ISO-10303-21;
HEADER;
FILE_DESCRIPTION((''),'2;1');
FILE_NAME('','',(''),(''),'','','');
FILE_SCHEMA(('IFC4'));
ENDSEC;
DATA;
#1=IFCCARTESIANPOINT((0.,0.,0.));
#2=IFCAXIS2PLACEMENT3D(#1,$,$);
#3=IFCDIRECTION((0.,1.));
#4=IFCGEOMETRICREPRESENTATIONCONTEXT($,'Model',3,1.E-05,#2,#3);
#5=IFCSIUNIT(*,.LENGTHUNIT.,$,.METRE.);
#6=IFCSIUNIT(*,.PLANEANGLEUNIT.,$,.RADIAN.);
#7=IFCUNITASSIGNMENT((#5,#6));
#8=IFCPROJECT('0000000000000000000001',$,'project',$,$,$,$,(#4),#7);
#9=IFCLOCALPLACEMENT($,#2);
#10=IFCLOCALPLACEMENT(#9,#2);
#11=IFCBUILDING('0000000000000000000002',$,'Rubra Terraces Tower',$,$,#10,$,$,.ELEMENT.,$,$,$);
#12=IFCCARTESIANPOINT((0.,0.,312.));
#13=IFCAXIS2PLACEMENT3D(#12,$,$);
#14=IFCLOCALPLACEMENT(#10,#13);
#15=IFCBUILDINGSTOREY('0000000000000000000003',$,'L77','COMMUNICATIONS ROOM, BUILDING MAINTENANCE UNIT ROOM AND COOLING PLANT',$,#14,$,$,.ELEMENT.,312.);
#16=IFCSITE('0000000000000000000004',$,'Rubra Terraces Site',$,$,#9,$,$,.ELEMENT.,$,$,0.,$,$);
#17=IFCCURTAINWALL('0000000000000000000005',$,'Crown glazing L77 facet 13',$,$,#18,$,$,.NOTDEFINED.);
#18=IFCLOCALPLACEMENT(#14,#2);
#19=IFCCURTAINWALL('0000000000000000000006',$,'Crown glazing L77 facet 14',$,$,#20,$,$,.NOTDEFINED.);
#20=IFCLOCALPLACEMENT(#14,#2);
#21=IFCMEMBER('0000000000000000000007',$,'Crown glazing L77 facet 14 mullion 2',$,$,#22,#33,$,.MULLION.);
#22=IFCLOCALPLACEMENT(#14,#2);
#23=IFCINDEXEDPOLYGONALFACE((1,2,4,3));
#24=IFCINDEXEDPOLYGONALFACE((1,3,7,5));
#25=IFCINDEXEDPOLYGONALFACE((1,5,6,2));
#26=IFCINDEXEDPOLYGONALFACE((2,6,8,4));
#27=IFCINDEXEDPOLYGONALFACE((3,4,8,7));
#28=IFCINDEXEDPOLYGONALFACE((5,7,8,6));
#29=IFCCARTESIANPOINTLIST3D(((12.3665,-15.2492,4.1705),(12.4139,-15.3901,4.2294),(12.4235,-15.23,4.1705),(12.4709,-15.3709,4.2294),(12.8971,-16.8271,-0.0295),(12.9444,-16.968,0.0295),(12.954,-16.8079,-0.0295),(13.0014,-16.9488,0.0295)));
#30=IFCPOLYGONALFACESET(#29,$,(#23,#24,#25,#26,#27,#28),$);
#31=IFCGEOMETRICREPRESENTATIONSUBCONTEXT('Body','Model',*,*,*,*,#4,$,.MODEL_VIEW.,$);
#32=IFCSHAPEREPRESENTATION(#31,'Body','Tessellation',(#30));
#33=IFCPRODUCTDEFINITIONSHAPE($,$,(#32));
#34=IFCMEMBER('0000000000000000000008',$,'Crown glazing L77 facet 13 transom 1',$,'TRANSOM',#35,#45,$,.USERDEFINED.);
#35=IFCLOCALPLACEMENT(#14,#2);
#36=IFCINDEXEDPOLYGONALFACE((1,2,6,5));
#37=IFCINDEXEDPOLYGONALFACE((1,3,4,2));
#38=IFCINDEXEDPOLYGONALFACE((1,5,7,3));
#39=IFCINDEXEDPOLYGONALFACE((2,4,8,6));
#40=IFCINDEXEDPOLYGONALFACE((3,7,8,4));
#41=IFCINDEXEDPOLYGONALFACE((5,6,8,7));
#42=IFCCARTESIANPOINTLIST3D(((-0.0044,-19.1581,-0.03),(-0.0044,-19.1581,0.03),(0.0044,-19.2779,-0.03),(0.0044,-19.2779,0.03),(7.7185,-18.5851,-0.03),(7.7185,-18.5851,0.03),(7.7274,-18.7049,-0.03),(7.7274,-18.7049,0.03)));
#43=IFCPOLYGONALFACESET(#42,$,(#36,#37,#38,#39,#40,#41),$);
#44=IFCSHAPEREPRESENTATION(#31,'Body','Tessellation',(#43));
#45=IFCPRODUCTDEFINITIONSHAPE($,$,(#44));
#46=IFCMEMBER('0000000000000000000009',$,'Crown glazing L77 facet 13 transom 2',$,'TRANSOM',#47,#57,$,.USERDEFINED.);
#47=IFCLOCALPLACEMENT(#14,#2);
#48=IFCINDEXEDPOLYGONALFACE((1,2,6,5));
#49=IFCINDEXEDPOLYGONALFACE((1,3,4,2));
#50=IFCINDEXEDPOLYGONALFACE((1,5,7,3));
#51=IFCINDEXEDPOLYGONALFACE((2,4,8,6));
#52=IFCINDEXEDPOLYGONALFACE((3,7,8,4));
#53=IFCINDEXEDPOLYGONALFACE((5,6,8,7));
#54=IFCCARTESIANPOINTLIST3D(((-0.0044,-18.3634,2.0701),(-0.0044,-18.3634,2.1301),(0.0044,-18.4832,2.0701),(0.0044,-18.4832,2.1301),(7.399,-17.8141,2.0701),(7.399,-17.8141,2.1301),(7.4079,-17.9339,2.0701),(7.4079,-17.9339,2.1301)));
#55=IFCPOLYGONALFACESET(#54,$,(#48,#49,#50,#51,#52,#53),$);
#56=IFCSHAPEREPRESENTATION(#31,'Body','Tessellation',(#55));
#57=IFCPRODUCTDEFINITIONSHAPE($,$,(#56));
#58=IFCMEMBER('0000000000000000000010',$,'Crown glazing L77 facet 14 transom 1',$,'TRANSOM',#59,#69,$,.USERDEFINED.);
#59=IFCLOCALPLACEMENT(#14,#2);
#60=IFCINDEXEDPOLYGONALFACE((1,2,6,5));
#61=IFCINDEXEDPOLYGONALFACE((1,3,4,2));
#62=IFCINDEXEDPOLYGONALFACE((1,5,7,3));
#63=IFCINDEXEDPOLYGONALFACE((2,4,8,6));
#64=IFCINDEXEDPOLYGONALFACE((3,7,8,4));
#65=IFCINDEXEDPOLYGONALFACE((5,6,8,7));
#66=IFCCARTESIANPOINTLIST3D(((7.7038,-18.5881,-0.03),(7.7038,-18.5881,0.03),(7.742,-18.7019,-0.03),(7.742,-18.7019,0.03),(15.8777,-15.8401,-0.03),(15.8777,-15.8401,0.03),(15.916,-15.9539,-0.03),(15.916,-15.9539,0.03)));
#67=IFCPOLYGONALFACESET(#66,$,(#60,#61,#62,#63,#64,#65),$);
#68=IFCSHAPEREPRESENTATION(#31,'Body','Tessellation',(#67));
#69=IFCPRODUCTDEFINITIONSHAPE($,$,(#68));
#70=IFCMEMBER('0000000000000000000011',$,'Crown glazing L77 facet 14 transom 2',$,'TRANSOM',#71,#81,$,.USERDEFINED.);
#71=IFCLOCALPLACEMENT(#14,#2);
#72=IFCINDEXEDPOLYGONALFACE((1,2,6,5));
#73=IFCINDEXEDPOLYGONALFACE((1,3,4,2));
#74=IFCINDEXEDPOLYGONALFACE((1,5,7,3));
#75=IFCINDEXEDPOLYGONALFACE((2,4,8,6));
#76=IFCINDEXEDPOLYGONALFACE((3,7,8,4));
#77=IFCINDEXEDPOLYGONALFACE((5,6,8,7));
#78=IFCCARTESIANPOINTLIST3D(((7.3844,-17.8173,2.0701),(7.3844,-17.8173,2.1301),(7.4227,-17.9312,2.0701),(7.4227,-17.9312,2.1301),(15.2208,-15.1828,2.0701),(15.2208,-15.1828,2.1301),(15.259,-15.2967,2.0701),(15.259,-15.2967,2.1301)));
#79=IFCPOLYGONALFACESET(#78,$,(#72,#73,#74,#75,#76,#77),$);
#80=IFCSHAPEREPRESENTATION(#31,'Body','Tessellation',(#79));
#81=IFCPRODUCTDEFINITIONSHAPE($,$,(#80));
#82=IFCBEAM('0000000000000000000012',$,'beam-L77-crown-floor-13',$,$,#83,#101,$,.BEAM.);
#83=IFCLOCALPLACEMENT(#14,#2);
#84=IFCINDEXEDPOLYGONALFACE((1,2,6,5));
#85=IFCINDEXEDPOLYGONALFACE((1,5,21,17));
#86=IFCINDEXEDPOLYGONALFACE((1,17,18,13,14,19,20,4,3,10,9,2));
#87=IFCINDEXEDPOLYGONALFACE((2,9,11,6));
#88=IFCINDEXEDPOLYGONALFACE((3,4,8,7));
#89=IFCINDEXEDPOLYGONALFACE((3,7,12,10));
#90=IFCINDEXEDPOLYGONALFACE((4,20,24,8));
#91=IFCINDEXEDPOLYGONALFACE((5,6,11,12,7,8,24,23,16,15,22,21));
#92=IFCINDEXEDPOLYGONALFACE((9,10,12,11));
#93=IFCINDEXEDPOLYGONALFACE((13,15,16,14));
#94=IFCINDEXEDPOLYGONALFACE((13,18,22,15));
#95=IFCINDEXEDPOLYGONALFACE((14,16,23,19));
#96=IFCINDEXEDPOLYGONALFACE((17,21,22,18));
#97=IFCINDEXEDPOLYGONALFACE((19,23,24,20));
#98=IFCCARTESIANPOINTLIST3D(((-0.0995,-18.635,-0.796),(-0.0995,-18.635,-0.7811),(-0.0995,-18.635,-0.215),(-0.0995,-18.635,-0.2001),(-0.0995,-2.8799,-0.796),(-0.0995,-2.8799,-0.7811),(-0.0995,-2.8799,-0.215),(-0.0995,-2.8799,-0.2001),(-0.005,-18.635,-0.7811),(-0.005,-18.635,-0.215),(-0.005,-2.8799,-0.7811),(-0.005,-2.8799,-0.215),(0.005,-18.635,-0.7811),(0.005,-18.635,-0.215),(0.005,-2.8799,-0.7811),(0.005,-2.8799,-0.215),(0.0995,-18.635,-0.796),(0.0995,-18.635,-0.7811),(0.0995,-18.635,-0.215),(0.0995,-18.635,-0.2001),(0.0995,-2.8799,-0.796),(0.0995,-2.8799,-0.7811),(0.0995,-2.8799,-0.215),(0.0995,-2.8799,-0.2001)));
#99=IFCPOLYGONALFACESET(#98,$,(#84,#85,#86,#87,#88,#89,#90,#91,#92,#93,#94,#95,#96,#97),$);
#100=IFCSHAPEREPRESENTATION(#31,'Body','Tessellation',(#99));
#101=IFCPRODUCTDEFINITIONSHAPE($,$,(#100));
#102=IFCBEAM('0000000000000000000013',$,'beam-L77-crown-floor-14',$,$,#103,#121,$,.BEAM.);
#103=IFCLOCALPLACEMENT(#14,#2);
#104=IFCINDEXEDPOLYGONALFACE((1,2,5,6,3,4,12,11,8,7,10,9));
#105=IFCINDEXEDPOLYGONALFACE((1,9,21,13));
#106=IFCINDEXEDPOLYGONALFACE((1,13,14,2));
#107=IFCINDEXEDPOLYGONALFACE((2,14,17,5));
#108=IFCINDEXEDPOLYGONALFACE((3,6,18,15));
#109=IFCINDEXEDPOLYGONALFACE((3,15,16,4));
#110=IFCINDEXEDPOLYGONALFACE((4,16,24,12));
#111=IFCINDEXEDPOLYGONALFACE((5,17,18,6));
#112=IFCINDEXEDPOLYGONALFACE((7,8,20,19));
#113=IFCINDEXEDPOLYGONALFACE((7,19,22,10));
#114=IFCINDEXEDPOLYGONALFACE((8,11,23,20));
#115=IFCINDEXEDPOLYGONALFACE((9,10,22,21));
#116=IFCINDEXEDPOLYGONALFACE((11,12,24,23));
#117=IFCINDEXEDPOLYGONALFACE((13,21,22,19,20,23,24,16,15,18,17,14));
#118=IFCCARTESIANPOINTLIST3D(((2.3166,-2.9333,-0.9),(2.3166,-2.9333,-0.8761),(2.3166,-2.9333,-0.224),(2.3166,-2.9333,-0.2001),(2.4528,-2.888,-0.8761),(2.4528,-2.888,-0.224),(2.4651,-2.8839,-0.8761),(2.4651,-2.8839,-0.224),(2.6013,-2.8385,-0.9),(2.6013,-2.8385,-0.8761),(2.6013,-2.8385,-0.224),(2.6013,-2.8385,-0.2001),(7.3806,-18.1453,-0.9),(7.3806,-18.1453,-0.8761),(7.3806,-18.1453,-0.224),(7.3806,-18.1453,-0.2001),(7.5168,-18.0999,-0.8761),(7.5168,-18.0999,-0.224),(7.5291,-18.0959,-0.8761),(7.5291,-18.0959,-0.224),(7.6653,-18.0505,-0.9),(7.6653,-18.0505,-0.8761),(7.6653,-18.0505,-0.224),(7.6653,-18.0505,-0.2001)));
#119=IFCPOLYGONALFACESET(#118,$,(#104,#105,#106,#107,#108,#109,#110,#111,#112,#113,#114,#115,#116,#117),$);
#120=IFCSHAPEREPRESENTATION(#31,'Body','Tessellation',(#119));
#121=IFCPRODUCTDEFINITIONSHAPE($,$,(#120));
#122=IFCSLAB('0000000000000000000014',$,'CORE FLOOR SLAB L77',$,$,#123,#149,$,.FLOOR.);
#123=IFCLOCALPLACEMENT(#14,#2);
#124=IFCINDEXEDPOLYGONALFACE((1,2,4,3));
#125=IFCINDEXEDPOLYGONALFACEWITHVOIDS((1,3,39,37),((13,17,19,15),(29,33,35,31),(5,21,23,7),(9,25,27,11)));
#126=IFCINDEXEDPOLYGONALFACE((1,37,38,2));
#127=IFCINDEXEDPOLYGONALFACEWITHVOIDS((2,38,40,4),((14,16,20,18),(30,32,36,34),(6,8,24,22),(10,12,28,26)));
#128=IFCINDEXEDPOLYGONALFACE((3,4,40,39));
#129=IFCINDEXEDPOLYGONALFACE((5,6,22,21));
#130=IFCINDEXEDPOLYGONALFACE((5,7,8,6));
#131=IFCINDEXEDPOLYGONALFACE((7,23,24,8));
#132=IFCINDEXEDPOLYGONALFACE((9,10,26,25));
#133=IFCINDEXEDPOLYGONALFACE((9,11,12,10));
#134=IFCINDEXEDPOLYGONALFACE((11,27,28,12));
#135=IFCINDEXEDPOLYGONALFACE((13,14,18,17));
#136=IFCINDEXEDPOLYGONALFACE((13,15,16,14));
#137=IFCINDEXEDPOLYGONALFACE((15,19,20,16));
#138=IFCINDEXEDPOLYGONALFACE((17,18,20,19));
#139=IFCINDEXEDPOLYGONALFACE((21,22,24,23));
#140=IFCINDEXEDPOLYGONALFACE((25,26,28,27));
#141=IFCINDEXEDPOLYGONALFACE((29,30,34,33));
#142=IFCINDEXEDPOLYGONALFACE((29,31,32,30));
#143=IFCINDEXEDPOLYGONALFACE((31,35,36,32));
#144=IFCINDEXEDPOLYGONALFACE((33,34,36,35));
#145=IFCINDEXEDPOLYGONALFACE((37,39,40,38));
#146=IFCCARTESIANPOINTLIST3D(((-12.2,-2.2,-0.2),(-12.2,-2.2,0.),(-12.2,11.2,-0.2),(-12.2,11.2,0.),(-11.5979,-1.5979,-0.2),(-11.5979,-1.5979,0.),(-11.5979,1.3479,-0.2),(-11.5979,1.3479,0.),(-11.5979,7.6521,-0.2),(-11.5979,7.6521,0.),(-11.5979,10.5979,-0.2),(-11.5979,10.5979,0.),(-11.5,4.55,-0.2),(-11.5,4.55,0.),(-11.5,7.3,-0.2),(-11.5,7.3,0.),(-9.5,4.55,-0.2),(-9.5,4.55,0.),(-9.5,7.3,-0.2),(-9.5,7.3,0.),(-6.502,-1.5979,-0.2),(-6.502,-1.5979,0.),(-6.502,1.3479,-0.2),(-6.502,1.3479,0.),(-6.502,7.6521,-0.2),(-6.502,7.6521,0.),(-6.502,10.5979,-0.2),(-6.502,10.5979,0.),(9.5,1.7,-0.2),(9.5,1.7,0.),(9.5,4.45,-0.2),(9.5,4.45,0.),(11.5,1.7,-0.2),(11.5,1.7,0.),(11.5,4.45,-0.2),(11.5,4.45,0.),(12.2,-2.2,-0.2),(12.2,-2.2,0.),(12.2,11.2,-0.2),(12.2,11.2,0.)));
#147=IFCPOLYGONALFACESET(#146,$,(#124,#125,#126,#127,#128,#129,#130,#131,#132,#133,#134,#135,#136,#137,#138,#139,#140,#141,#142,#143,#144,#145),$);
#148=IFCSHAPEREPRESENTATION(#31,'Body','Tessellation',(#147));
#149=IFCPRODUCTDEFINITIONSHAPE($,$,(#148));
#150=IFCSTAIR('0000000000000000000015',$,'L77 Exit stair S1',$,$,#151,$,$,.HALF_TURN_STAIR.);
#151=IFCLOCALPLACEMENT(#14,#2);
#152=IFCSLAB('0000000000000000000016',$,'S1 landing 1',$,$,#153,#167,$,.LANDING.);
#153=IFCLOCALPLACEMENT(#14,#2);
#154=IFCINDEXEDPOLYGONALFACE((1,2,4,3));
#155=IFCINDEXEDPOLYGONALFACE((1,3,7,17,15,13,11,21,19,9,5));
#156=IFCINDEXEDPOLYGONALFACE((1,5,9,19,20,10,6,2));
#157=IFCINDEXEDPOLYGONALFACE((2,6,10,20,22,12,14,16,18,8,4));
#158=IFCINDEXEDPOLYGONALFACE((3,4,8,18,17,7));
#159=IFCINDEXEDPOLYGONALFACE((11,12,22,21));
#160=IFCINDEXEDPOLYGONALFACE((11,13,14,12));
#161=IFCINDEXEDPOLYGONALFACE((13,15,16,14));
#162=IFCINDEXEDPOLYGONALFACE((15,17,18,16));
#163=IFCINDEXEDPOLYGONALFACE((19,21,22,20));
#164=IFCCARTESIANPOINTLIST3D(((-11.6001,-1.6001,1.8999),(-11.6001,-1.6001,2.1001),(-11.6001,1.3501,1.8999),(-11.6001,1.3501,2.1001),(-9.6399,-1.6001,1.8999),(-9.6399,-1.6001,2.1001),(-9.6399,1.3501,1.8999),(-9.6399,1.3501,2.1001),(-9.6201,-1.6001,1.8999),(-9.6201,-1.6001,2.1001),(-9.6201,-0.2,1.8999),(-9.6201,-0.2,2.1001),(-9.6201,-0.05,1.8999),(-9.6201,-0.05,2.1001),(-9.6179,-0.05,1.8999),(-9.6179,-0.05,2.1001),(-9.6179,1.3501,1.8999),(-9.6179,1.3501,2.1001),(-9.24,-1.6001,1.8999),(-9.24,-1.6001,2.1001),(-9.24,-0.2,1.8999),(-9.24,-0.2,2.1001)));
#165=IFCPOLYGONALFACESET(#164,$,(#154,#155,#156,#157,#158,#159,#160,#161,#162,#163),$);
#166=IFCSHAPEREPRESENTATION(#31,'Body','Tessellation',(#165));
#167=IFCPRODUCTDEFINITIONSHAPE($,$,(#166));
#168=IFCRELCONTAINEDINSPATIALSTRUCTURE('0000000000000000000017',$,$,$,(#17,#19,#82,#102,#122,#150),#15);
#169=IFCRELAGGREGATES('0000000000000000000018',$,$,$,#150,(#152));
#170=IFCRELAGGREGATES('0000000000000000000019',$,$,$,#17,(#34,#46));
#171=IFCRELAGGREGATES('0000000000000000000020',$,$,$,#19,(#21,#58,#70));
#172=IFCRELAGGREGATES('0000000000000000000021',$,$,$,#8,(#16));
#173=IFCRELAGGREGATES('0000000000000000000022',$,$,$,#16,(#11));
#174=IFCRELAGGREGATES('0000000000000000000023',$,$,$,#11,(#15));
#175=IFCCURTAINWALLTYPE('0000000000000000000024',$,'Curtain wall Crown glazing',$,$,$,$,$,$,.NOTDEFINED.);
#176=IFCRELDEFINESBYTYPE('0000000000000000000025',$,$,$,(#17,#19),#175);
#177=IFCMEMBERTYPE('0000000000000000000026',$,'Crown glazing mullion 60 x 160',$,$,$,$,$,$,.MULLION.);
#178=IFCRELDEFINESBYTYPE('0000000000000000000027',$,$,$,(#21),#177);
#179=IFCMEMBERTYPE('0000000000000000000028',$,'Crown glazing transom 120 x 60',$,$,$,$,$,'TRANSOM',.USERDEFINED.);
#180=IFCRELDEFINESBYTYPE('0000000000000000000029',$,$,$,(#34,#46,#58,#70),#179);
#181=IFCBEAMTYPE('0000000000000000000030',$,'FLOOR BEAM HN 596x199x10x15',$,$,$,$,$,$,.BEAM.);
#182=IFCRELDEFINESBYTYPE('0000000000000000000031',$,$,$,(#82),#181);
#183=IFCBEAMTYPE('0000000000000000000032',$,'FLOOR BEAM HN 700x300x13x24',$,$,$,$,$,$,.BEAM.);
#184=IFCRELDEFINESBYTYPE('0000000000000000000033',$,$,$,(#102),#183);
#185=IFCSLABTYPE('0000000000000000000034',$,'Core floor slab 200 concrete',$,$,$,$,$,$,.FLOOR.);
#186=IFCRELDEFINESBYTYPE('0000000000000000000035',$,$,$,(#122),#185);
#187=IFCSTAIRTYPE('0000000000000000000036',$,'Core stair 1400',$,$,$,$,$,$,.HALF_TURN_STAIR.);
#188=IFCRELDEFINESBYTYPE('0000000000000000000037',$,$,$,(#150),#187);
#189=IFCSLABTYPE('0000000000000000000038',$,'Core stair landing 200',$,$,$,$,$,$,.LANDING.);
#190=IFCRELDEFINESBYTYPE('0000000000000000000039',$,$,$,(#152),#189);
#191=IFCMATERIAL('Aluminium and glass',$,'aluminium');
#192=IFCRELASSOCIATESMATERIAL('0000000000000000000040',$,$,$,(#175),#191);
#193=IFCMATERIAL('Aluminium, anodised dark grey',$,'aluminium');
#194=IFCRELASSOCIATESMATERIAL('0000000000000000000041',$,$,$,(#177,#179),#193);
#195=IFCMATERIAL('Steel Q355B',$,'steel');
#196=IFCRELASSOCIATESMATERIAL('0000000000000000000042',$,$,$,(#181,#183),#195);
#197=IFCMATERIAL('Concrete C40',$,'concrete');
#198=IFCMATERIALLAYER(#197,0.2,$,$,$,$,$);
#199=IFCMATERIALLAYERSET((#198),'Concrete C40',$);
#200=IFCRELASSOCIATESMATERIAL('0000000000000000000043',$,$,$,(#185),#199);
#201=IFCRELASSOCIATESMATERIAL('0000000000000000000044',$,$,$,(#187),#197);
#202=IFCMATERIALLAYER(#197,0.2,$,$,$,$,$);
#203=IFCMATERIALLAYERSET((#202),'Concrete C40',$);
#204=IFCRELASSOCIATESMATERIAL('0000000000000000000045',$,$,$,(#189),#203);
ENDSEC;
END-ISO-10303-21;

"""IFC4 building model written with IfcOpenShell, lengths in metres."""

from ifc_helpers import new_model, si_unit, direction, frame, origin, origin_2d, place, context, subcontext, project, spatial, polyline, rectangle, i_section, outline, extrude, material, layer, layer_set, material_profile, profile_set, type_object, element, aggregate, save


model = new_model("IFC4")

# Units and contexts
model_context = context("Model", 3, precision=1e-05, world=origin(), true_north=direction((0.0, 1.0)))
body_context = subcontext(model_context, "Body", "Model", "MODEL_VIEW")
ifc_project = project(units=[si_unit("LENGTHUNIT", "METRE"), si_unit("PLANEANGLEUNIT", "RADIAN")], contexts=[model_context])

# Site, building, storey
site_placement = place(None, origin())
site = spatial("IfcSite", under=ifc_project, at=site_placement, Name="Rubra Terraces Site", CompositionType="ELEMENT", RefElevation=0.0)
building_placement = place(site_placement, origin())
building = spatial("IfcBuilding", under=site, at=building_placement, Name="Rubra Terraces Tower", CompositionType="ELEMENT")
storey_placement = place(building_placement, frame((0.0, 0.0, 312.0)))
storey = spatial("IfcBuildingStorey", under=building, at=storey_placement, Name="L77", Description="COMMUNICATIONS ROOM, BUILDING MAINTENANCE UNIT ROOM AND COOLING PLANT", CompositionType="ELEMENT", Elevation=312.0)

# Shared definitions
ifc_material_1 = material(Name="Steel Q355B", Category="steel")

# Curtain walls, member
ifc_material_2 = material(Name="Aluminium and glass", Category="aluminium")
curtain_wall_type = type_object("IfcCurtainWallType", Name="Curtain wall Crown glazing", PredefinedType="NOTDEFINED", material=ifc_material_2)
curtain_wall_1_placement = place(storey_placement, origin())
curtain_wall_1 = element("IfcCurtainWall", 1, at=curtain_wall_1_placement, inside=storey, type_object=curtain_wall_type, Name="Crown glazing L77 facet 13", PredefinedType="NOTDEFINED")
ifc_material_3 = material(Name="Aluminium, anodised dark grey", Category="aluminium")
ifc_material_profile_1 = material_profile(ifc_material_3, rectangle(XDim=0.0601, YDim=0.1599, at=origin_2d()), Name="AL 60x160")
ifc_profile_set_1 = profile_set([ifc_material_profile_1], Name="Aluminium, anodised dark grey")
member_type_1 = type_object("IfcMemberType", Name="Crown glazing mullion 60 x 160", PredefinedType="MULLION", material=ifc_profile_set_1)
curtain_wall_2_placement = place(storey_placement, origin())
curtain_wall_2 = element("IfcCurtainWall", 2, at=curtain_wall_2_placement, inside=storey, type_object=curtain_wall_type, Name="Crown glazing L77 facet 14", PredefinedType="NOTDEFINED")
member_1_placement = place(storey_placement, frame((12.9492, -16.8879, 0.0), z_axis=(-0.117428, 0.349257, 0.92964), x_axis=(-0.947859, -0.318691, 0.0)))
member_1 = element("IfcMember", 3, at=member_1_placement, type_object=member_type_1, Name="Crown glazing L77 facet 14 mullion 2", PredefinedType="MULLION", context=body_context, shape_type="SweptSolid", body=[
    extrude(rectangle(XDim=0.0601, YDim=0.1599, at=origin_2d()), origin(), (0.0, 0.0, 1.0), 4.5178),
])

# Members
ifc_material_profile_2 = material_profile(ifc_material_3, rectangle(XDim=0.1201, YDim=0.0601, at=origin_2d()), Name="AL 120x60")
ifc_profile_set_2 = profile_set([ifc_material_profile_2], Name="Aluminium, anodised dark grey")
member_type_2 = type_object("IfcMemberType", Name="Crown glazing transom 120 x 60", ElementType="TRANSOM", PredefinedType="USERDEFINED", material=ifc_profile_set_2)
member_2_placement = place(storey_placement, frame((0.0, -19.218, 0.0), z_axis=(0.997259, 0.073991, 0.0), x_axis=(-0.073991, 0.997259, 0.0)))
member_2 = element("IfcMember", 4, at=member_2_placement, type_object=member_type_2, Name="Crown glazing L77 facet 13 transom 1", ObjectType="TRANSOM", PredefinedType="USERDEFINED", context=body_context, shape_type="SweptSolid", body=[
    extrude(rectangle(XDim=0.1201, YDim=0.0601, at=origin_2d()), origin(), (0.0, 0.0, 1.0), 7.7441),
])
member_3_placement = place(storey_placement, frame((0.0, -18.4233, 2.1001), z_axis=(0.997259, 0.073993, 0.0), x_axis=(-0.073993, 0.997259, 0.0)))
member_3 = element("IfcMember", 5, at=member_3_placement, type_object=member_type_2, Name="Crown glazing L77 facet 13 transom 2", ObjectType="TRANSOM", PredefinedType="USERDEFINED", context=body_context, shape_type="SweptSolid", body=[
    extrude(rectangle(XDim=0.1201, YDim=0.0601, at=origin_2d()), origin(), (0.0, 0.0, 1.0), 7.4238),
])
member_4_placement = place(storey_placement, frame((7.7229, -18.645, 0.0), z_axis=(0.947868, 0.318664, 0.0), x_axis=(-0.318664, 0.947868, 0.0)))
member_4 = element("IfcMember", 6, at=member_4_placement, type_object=member_type_2, Name="Crown glazing L77 facet 14 transom 1", ObjectType="TRANSOM", PredefinedType="USERDEFINED", context=body_context, shape_type="SweptSolid", body=[
    extrude(rectangle(XDim=0.1201, YDim=0.0601, at=origin_2d()), origin(), (0.0, 0.0, 1.0), 8.6235),
])
member_5_placement = place(storey_placement, frame((7.4036, -17.8743, 2.1001), z_axis=(0.947868, 0.318663, 0.0), x_axis=(-0.318663, 0.947868, 0.0)))
member_5 = element("IfcMember", 7, at=member_5_placement, type_object=member_type_2, Name="Crown glazing L77 facet 14 transom 2", ObjectType="TRANSOM", PredefinedType="USERDEFINED", context=body_context, shape_type="SweptSolid", body=[
    extrude(rectangle(XDim=0.1201, YDim=0.0601, at=origin_2d()), origin(), (0.0, 0.0, 1.0), 8.2673),
])

# Beams
ifc_material_profile_3 = material_profile(ifc_material_1, i_section(OverallWidth=0.199, OverallDepth=0.5959, WebThickness=0.01, FlangeThickness=0.0149, at=origin_2d()), Name="HN 596x199x10x15")
ifc_profile_set_3 = profile_set([ifc_material_profile_3], Name="Steel Q355B")
beam_type_1 = type_object("IfcBeamType", Name="FLOOR BEAM HN 596x199x10x15", PredefinedType="BEAM", material=ifc_profile_set_3)
beam_1_placement = place(storey_placement, frame((0.0, -18.635, -0.498), z_axis=(0.0, 1.0, 0.0), x_axis=(-1.0, 0.0, 0.0)))
element("IfcBeam", 8, at=beam_1_placement, inside=storey, type_object=beam_type_1, Name="beam-L77-crown-floor-13", PredefinedType="BEAM", context=body_context, shape_type="SweptSolid", body=[
    extrude(i_section(OverallWidth=0.199, OverallDepth=0.5959, WebThickness=0.01, FlangeThickness=0.0149, at=origin_2d()), origin(), (0.0, 0.0, 1.0), 15.7551),
])
ifc_material_profile_4 = material_profile(ifc_material_1, i_section(OverallWidth=0.3, OverallDepth=0.7, WebThickness=0.0129, FlangeThickness=0.0239, at=origin_2d()), Name="HN 700x300x13x24")
ifc_profile_set_4 = profile_set([ifc_material_profile_4], Name="Steel Q355B")
beam_type_2 = type_object("IfcBeamType", Name="FLOOR BEAM HN 700x300x13x24", PredefinedType="BEAM", material=ifc_profile_set_4)
beam_2_placement = place(storey_placement, frame((7.5229, -18.0979, -0.55), z_axis=(-0.315853, 0.948808, 0.0), x_axis=(-0.948808, -0.315853, 0.0)))
element("IfcBeam", 9, at=beam_2_placement, inside=storey, type_object=beam_type_2, Name="beam-L77-crown-floor-14", PredefinedType="BEAM", context=body_context, shape_type="SweptSolid", body=[
    extrude(i_section(OverallWidth=0.3, OverallDepth=0.7, WebThickness=0.0129, FlangeThickness=0.0239, at=origin_2d()), origin(), (0.0, 0.0, 1.0), 16.0327),
])

# Slab
ifc_material_4 = material(Name="Concrete C40", Category="concrete")
ifc_layer_1 = layer(ifc_material_4, 0.2)
ifc_layer_set_1 = layer_set([ifc_layer_1], Name="Concrete C40")
slab_type_1 = type_object("IfcSlabType", Name="Core floor slab 200 concrete", PredefinedType="FLOOR", material=ifc_layer_set_1)
slab_1_placement = place(storey_placement, frame((0.0, 0.0, -0.2)))
element("IfcSlab", 10, at=slab_1_placement, inside=storey, type_object=slab_type_1, Name="CORE FLOOR SLAB L77", PredefinedType="FLOOR", context=body_context, shape_type="SweptSolid", body=[
    extrude(outline(polyline([(-12.2, -2.2), (-12.2, 11.2), (12.2, 11.2), (12.2, -2.2), (-12.2, -2.2)]), holes=[polyline([(11.5, 4.45), (9.5, 4.45), (9.5, 1.7), (11.5, 1.7), (11.5, 4.45)]), polyline([(-6.502, -1.5979), (-6.502, 1.3479), (-11.5979, 1.3479), (-11.5979, -1.5979), (-6.502, -1.5979)]), polyline([(-6.502, 7.6521), (-6.502, 10.5979), (-11.5979, 10.5979), (-11.5979, 7.6521), (-6.502, 7.6521)]), polyline([(-11.5, 7.3), (-11.5, 4.55), (-9.5, 4.55), (-9.5, 7.3), (-11.5, 7.3)])]), origin(), (0.0, 0.0, 1.0), 0.2),
])

# Stair, slab
stair_type = type_object("IfcStairType", Name="Core stair 1400", PredefinedType="HALF_TURN_STAIR", material=ifc_material_4)
stair_1_placement = place(storey_placement, origin())
stair_1 = element("IfcStair", 11, at=stair_1_placement, inside=storey, type_object=stair_type, Name="L77 Exit stair S1", PredefinedType="HALF_TURN_STAIR")
ifc_layer_2 = layer(ifc_material_4, 0.2)
ifc_layer_set_2 = layer_set([ifc_layer_2], Name="Concrete C40")
slab_type_2 = type_object("IfcSlabType", Name="Core stair landing 200", PredefinedType="LANDING", material=ifc_layer_set_2)
slab_2_placement = place(storey_placement, frame((0.0, 0.0, 1.8999)))
slab_2 = element("IfcSlab", 12, at=slab_2_placement, type_object=slab_type_2, Name="S1 landing 1", PredefinedType="LANDING", context=body_context, shape_type="SweptSolid", body=[
    extrude(outline(polyline([(-9.24, -0.2), (-9.24, -1.6001), (-9.6201, -1.6001), (-9.6399, -1.6001), (-11.6001, -1.6001), (-11.6001, 1.3501), (-9.6399, 1.3501), (-9.6179, 1.3501), (-9.6179, -0.05), (-9.6201, -0.05), (-9.6201, -0.2), (-9.24, -0.2)])), origin(), (0.0, 0.0, 1.0), 0.2002),
])
aggregate(stair_1, [slab_2])

aggregate(curtain_wall_1, [member_2, member_3])
aggregate(curtain_wall_2, [member_1, member_4, member_5])

save(model, "model.ifc")
